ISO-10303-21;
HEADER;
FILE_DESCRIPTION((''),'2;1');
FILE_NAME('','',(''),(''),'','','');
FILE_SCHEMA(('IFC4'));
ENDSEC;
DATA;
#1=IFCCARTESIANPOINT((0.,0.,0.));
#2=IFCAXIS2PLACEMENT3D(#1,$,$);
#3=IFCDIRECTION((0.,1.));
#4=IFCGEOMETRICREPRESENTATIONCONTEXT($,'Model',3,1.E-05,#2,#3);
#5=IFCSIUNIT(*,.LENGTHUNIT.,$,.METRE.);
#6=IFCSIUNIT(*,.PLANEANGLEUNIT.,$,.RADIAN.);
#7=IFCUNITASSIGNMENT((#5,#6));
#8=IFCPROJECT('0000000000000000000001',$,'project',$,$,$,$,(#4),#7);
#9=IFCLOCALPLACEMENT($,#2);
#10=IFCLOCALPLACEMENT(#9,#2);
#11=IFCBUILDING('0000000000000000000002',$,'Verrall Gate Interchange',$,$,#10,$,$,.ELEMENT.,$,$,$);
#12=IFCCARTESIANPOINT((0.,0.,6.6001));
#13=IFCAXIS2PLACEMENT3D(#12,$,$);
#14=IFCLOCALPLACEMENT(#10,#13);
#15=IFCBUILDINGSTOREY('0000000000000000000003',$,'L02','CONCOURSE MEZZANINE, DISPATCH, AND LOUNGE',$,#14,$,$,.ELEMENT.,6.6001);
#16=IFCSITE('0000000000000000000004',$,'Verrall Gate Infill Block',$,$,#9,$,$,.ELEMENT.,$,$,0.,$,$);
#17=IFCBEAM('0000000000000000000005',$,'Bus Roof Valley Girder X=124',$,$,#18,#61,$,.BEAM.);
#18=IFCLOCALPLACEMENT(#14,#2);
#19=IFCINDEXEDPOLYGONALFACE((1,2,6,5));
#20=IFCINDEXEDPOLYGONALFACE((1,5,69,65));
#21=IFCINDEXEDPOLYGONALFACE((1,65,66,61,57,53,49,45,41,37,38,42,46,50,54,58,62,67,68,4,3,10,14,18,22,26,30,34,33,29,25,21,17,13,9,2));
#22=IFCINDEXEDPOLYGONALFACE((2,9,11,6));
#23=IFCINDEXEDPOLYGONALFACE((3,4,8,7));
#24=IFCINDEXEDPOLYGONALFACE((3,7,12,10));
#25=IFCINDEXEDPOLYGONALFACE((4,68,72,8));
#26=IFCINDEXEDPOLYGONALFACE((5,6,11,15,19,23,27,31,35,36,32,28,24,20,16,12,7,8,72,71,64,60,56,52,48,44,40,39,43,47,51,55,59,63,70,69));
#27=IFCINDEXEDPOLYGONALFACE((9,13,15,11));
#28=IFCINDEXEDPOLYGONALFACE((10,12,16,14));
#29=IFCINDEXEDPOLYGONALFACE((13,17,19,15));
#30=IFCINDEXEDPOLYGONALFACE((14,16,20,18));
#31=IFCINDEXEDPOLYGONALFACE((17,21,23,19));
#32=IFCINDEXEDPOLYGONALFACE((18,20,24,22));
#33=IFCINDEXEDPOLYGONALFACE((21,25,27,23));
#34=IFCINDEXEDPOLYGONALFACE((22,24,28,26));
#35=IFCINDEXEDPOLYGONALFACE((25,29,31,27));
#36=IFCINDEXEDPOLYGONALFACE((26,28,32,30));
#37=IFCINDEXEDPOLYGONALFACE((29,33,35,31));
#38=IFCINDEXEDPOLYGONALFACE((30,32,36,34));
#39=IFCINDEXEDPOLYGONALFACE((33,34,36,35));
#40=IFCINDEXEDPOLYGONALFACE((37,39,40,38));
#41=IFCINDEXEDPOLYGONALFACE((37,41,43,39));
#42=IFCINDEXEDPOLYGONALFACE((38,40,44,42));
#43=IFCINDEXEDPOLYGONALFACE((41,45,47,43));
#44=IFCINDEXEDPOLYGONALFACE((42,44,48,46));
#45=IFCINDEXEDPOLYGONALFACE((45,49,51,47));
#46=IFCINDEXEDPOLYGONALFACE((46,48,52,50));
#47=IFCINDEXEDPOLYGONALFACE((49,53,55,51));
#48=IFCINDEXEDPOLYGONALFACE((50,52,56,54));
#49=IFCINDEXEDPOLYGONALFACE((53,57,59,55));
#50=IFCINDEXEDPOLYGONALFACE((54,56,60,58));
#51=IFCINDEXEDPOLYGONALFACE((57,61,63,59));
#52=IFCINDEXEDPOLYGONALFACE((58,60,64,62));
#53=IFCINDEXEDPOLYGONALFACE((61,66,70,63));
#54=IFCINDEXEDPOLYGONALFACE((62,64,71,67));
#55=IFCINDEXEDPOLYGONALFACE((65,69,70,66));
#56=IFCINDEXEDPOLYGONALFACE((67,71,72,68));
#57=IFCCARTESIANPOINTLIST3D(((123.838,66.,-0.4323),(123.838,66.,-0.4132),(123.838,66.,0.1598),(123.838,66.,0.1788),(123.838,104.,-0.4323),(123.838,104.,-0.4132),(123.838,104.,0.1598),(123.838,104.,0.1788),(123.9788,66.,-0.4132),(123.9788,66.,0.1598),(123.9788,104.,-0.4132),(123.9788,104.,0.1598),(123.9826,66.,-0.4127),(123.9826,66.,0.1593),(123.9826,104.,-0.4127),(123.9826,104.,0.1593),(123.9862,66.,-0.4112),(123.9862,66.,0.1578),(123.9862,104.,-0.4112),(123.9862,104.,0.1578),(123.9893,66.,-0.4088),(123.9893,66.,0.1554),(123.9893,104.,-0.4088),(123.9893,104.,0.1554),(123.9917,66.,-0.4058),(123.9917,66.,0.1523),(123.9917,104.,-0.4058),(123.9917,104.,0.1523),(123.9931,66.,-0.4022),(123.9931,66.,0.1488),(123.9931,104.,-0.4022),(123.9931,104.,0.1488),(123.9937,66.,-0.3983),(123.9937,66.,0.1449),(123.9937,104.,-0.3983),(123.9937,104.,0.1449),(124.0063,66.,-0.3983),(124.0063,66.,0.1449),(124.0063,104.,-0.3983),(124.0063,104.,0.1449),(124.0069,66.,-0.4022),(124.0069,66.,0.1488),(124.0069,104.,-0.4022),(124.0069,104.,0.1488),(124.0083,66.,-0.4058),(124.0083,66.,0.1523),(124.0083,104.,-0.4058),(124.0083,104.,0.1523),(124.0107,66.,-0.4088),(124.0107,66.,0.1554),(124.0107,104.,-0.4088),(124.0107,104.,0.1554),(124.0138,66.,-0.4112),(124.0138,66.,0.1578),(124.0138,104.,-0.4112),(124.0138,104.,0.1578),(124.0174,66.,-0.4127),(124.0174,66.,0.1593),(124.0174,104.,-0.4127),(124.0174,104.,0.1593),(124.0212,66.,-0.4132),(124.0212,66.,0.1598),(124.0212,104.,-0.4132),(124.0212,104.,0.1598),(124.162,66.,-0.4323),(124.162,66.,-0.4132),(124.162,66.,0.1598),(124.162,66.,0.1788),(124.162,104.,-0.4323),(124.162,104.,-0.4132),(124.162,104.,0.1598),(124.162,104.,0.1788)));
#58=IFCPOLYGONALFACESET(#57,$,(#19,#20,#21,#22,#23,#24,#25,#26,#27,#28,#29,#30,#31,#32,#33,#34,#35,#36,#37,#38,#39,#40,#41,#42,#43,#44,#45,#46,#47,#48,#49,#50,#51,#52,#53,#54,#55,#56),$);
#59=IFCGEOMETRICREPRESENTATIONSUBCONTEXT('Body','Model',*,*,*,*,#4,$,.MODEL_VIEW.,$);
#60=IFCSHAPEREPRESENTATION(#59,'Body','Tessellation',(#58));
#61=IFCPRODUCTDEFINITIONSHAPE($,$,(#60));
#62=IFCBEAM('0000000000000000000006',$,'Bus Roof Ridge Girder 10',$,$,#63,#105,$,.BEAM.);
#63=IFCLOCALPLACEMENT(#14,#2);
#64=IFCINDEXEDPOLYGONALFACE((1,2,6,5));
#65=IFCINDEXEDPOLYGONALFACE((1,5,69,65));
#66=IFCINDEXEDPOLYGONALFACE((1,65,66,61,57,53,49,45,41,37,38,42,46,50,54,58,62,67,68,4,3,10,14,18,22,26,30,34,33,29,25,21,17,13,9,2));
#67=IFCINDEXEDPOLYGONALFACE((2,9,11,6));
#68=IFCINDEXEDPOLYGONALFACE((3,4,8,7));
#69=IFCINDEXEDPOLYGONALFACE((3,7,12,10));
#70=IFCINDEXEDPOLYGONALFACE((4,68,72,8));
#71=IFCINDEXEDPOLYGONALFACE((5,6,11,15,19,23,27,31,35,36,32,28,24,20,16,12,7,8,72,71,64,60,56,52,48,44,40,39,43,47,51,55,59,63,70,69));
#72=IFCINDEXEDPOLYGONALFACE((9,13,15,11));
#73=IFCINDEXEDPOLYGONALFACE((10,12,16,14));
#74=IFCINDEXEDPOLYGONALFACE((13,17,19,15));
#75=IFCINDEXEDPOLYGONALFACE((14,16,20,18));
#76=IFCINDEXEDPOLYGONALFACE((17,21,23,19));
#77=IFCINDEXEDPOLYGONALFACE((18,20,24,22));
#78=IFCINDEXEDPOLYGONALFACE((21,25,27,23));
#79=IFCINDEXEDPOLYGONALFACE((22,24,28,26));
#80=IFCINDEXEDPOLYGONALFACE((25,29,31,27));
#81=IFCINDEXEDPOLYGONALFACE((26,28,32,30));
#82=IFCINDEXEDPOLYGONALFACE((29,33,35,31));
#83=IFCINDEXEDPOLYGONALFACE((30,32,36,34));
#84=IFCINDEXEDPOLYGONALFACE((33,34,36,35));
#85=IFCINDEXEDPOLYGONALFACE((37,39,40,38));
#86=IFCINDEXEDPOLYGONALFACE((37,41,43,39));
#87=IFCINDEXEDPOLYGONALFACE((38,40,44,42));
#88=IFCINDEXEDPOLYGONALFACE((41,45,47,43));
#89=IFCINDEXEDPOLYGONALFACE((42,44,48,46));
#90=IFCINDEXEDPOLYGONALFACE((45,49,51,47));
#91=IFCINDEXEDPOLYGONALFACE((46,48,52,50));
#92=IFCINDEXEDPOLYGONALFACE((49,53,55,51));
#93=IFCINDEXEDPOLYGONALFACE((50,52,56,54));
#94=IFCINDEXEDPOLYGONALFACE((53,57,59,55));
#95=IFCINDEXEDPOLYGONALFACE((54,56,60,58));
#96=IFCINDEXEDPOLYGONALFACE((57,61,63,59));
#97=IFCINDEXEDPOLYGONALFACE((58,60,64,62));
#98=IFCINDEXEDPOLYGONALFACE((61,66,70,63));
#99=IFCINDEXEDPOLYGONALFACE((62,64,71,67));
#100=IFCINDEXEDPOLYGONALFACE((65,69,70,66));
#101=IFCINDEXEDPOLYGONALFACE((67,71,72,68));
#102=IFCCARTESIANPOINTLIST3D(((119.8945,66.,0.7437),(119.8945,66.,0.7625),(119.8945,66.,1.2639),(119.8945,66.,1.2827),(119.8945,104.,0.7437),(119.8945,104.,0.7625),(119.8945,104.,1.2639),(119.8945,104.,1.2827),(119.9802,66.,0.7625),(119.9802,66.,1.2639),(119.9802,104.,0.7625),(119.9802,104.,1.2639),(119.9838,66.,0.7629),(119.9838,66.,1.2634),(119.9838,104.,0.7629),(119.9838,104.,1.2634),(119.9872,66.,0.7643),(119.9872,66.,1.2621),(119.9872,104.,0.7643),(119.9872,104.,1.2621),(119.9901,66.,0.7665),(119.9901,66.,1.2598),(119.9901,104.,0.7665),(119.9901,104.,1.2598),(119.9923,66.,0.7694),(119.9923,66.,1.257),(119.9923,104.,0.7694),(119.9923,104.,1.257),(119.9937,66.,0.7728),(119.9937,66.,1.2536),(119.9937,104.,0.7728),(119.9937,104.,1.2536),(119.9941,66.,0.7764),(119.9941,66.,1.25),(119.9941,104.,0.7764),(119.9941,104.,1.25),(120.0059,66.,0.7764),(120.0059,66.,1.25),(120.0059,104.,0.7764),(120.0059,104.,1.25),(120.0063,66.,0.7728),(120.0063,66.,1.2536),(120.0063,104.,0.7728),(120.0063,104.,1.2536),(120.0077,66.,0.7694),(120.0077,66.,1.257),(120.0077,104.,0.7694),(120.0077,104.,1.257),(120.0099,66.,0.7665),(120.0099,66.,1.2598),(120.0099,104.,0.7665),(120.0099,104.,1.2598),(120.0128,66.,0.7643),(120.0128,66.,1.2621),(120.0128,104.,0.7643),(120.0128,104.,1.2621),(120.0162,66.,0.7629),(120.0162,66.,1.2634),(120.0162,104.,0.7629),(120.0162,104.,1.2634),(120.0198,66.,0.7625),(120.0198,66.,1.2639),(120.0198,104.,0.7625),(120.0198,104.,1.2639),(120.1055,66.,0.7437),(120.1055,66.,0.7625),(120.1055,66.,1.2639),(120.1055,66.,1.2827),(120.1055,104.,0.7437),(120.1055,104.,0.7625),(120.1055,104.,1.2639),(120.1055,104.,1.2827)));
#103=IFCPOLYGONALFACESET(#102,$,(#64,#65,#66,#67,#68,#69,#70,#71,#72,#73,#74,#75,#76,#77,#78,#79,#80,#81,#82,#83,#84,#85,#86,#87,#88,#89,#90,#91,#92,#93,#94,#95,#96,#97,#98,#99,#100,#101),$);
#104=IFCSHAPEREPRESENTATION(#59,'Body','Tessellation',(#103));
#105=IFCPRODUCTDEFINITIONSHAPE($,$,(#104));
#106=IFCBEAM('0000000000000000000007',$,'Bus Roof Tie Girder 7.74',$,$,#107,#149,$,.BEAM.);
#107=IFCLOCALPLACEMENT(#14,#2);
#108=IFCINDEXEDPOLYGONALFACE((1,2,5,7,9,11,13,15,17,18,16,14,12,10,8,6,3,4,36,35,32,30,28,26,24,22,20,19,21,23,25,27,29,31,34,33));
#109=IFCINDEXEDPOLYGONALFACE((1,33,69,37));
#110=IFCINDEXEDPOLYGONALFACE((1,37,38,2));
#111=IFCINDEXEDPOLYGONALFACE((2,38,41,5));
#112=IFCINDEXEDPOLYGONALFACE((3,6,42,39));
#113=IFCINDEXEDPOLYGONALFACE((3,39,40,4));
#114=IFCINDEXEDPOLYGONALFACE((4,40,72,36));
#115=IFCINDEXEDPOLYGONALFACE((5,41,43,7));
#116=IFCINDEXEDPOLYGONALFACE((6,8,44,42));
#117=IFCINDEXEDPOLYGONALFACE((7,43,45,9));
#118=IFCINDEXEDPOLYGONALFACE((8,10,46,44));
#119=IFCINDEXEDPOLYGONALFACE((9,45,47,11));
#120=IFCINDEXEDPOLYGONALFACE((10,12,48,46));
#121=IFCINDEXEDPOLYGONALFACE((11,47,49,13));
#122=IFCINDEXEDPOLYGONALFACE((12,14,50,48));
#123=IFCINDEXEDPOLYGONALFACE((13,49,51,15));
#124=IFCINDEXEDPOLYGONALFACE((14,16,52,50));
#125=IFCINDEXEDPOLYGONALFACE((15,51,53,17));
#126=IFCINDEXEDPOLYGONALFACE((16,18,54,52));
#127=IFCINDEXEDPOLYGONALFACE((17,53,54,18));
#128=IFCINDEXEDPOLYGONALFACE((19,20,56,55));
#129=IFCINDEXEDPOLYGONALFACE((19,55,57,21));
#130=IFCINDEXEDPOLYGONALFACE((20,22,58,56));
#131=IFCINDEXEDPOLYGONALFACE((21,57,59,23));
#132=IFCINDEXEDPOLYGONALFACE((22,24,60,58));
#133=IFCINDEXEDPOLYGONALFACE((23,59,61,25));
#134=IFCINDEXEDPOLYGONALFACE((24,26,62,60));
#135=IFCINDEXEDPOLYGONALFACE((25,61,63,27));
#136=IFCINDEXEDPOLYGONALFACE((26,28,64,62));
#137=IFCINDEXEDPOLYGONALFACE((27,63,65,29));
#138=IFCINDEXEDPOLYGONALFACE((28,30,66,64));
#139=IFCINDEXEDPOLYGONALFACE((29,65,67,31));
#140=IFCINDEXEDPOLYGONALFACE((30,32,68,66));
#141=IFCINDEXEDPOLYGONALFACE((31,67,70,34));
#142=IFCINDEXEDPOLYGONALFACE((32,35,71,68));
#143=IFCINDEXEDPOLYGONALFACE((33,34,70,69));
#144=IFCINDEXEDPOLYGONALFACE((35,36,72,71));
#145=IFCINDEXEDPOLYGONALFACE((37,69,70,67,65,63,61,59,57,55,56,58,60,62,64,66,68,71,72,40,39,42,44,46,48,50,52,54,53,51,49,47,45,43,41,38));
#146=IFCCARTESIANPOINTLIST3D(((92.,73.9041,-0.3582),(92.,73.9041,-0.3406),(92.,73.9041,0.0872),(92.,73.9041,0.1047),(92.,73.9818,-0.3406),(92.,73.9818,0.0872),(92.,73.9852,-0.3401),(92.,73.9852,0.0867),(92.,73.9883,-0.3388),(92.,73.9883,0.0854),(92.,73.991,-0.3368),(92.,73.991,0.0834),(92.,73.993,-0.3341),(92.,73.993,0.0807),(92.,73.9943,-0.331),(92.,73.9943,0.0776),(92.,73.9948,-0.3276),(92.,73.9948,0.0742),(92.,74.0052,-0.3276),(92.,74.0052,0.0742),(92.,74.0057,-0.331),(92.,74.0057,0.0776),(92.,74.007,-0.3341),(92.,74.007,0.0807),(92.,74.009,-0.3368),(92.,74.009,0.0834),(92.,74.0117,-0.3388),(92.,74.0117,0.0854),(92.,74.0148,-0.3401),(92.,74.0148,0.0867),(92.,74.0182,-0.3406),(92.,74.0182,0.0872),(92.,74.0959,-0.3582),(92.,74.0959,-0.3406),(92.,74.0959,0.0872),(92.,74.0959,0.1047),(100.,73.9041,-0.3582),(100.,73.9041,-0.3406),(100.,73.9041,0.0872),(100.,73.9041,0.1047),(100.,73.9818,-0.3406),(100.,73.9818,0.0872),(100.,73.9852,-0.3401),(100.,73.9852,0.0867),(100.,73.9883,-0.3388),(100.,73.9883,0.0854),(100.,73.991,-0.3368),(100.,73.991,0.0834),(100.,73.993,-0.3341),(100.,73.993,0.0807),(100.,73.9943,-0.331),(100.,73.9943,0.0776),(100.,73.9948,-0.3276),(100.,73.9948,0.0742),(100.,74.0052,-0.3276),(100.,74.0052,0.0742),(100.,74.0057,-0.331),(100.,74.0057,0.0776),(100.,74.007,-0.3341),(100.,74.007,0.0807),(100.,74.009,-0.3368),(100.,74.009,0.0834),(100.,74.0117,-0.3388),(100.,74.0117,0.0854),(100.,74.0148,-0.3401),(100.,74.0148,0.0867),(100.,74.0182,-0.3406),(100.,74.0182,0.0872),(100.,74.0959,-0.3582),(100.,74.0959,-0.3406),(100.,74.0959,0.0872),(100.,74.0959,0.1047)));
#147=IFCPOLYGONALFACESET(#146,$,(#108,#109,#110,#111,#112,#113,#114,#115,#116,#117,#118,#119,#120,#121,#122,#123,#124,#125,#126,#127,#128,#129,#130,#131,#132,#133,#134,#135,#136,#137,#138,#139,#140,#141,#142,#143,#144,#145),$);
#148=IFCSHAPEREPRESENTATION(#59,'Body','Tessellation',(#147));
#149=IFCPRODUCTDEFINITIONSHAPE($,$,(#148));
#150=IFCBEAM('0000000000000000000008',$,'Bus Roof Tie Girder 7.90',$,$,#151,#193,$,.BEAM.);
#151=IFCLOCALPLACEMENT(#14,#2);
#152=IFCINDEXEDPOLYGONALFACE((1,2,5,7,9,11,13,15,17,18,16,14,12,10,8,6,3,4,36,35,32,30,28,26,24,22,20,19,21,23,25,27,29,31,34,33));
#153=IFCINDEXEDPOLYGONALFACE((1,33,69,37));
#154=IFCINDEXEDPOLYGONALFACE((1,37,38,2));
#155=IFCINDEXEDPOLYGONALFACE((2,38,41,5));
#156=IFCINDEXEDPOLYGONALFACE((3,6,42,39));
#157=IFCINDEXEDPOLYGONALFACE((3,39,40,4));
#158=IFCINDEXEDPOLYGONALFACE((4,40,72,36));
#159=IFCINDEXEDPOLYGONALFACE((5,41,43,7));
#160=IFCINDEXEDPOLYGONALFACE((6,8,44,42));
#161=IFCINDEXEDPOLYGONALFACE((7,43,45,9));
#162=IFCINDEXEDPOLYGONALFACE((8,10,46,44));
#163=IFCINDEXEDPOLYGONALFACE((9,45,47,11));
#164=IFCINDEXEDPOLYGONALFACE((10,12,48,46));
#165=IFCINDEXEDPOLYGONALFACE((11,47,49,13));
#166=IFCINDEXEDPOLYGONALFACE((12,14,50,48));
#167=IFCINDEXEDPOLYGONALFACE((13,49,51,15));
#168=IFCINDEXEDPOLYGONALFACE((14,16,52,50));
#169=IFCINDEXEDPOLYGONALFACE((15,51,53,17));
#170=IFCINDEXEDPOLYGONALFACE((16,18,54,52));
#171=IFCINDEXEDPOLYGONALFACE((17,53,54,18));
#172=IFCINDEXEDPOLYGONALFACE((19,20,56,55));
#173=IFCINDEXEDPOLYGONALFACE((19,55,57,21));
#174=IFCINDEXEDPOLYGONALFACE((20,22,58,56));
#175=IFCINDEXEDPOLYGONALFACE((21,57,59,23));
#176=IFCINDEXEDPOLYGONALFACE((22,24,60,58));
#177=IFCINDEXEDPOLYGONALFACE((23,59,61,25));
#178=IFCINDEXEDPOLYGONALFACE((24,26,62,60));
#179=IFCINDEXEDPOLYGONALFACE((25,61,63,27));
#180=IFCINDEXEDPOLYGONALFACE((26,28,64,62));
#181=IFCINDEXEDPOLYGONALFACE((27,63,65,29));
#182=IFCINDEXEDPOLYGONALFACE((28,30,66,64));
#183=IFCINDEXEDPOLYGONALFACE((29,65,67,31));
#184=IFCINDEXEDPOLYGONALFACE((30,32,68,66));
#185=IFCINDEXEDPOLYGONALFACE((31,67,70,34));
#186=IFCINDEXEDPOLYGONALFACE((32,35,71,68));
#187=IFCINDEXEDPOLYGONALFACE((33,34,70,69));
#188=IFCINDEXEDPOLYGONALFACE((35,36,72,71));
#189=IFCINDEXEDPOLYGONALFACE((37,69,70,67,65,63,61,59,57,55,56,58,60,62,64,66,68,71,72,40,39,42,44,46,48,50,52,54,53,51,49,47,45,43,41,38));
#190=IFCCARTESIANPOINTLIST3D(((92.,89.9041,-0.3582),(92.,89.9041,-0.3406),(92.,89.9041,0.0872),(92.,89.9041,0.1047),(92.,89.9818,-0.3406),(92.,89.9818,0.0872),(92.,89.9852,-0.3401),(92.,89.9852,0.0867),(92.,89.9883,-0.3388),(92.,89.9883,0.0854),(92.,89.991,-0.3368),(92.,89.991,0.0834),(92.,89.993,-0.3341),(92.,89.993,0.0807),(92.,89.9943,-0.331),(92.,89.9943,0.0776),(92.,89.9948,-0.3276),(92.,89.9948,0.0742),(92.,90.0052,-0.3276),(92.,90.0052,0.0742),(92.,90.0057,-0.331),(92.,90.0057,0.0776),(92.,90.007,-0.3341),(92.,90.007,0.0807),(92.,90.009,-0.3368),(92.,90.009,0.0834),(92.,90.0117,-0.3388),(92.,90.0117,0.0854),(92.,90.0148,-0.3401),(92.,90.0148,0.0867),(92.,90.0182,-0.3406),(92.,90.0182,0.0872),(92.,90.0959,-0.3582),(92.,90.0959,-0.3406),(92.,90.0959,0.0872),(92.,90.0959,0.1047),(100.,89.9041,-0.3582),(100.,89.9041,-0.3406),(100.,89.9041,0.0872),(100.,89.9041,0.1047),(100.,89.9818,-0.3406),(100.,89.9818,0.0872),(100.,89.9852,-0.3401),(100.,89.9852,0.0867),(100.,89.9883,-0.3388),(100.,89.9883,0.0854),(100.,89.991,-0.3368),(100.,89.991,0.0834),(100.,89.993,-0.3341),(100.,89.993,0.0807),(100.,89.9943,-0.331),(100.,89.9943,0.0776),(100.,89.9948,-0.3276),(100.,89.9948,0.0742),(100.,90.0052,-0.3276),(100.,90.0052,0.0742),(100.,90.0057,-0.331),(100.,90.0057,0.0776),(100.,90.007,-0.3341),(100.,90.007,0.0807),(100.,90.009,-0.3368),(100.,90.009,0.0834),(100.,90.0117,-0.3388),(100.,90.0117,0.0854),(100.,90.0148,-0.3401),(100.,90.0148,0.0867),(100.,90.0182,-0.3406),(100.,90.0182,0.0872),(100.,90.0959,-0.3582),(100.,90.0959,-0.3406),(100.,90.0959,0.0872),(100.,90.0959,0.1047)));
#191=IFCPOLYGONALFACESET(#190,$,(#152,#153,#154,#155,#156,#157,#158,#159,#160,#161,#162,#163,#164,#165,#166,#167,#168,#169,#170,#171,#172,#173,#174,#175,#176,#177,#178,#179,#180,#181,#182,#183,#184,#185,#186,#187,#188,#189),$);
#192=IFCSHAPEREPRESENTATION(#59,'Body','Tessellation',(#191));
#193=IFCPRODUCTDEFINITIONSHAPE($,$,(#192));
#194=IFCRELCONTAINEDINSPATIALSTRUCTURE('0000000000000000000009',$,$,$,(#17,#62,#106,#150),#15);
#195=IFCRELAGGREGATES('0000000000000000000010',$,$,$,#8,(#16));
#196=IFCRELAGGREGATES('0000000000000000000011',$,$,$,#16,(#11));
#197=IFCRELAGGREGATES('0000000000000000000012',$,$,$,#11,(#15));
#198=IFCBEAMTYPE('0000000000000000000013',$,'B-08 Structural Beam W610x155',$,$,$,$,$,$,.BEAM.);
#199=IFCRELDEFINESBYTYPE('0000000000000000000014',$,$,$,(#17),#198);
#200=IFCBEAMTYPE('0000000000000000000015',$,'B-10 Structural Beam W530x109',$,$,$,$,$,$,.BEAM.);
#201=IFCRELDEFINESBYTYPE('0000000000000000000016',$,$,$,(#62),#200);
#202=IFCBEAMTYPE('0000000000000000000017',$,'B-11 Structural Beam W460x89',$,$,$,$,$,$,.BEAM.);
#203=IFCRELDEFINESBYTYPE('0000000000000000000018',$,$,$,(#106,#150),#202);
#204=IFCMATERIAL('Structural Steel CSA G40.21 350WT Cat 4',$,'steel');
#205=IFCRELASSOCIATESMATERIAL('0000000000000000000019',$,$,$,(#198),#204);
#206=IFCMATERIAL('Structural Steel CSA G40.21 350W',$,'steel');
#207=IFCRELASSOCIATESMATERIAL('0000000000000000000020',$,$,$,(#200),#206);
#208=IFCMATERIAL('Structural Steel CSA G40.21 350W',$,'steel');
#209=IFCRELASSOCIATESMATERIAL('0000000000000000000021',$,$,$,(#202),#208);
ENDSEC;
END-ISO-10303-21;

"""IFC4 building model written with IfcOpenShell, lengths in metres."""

from ifc_helpers import new_model, si_unit, direction, frame, origin, origin_2d, place, context, subcontext, project, spatial, i_section, extrude, material, material_profile, profile_set, type_object, element, save


model = new_model("IFC4")

# Units and contexts
model_context = context("Model", 3, precision=1e-05, world=origin(), true_north=direction((0.0, 1.0)))
body_context = subcontext(model_context, "Body", "Model", "MODEL_VIEW")
ifc_project = project(units=[si_unit("LENGTHUNIT", "METRE"), si_unit("PLANEANGLEUNIT", "RADIAN")], contexts=[model_context])

# Site, building, storey
site_placement = place(None, origin())
site = spatial("IfcSite", under=ifc_project, at=site_placement, Name="Verrall Gate Infill Block", CompositionType="ELEMENT", RefElevation=0.0)
building_placement = place(site_placement, origin())
building = spatial("IfcBuilding", under=site, at=building_placement, Name="Verrall Gate Interchange", CompositionType="ELEMENT")
storey_placement = place(building_placement, frame((0.0, 0.0, 6.6001)))
storey = spatial("IfcBuildingStorey", under=building, at=storey_placement, Name="L02", Description="CONCOURSE MEZZANINE, DISPATCH, AND LOUNGE", CompositionType="ELEMENT", Elevation=6.6001)

# Beams
ifc_material_1 = material(Name="Structural Steel CSA G40.21 350WT Cat 4", Category="steel")
ifc_material_profile_1 = material_profile(ifc_material_1, i_section(OverallWidth=0.324, OverallDepth=0.6111, WebThickness=0.0127, FlangeThickness=0.019, FilletRadius=0.0149, at=origin_2d()), Name="W610x155")
ifc_profile_set_1 = profile_set([ifc_material_profile_1], Name="Structural Steel CSA G40.21 350WT Cat 4")
beam_type_1 = type_object("IfcBeamType", Name="B-08 Structural Beam W610x155", PredefinedType="BEAM", material=ifc_profile_set_1)
beam_1_placement = place(storey_placement, frame((124.0, 66.0, -0.1267), z_axis=(0.0, 1.0, 0.0), x_axis=(-1.0, 0.0, 0.0)))
element("IfcBeam", 1, at=beam_1_placement, inside=storey, type_object=beam_type_1, Name="Bus Roof Valley Girder X=124", PredefinedType="BEAM", context=body_context, shape_type="SweptSolid", body=[
    extrude(i_section(OverallWidth=0.324, OverallDepth=0.6111, WebThickness=0.0127, FlangeThickness=0.019, FilletRadius=0.0149, at=origin_2d()), origin(), (0.0, 0.0, 1.0), 38.0),
])
ifc_material_2 = material(Name="Structural Steel CSA G40.21 350W", Category="steel")
ifc_material_profile_2 = material_profile(ifc_material_2, i_section(OverallWidth=0.2109, OverallDepth=0.5391, WebThickness=0.0117, FlangeThickness=0.0188, FilletRadius=0.0139, at=origin_2d()), Name="W530x109")
ifc_profile_set_2 = profile_set([ifc_material_profile_2], Name="Structural Steel CSA G40.21 350W")
beam_type_2 = type_object("IfcBeamType", Name="B-10 Structural Beam W530x109", PredefinedType="BEAM", material=ifc_profile_set_2)
beam_2_placement = place(storey_placement, frame((120.0, 66.0, 1.0132), z_axis=(0.0, 1.0, 0.0), x_axis=(-1.0, 0.0, 0.0)))
element("IfcBeam", 2, at=beam_2_placement, inside=storey, type_object=beam_type_2, Name="Bus Roof Ridge Girder 10", PredefinedType="BEAM", context=body_context, shape_type="SweptSolid", body=[
    extrude(i_section(OverallWidth=0.2109, OverallDepth=0.5391, WebThickness=0.0117, FlangeThickness=0.0188, FilletRadius=0.0139, at=origin_2d()), origin(), (0.0, 0.0, 1.0), 38.0),
])
ifc_material_3 = material(Name="Structural Steel CSA G40.21 350W", Category="steel")
ifc_material_profile_3 = material_profile(ifc_material_3, i_section(OverallWidth=0.1919, OverallDepth=0.4629, WebThickness=0.0105, FlangeThickness=0.0176, FilletRadius=0.0129, at=origin_2d()), Name="W460x89")
ifc_profile_set_3 = profile_set([ifc_material_profile_3], Name="Structural Steel CSA G40.21 350W")
beam_type_3 = type_object("IfcBeamType", Name="B-11 Structural Beam W460x89", PredefinedType="BEAM", material=ifc_profile_set_3)
for number, where, z_axis, x_axis, name in (
    (3, (92.0, 74.0, -0.1267), (1.0, 0.0, 0.0), (0.0, 1.0, 0.0), "Bus Roof Tie Girder 7.74"),
    (4, (92.0, 90.0, -0.1267), (1.0, 0.0, 0.0), (0.0, 1.0, 0.0), "Bus Roof Tie Girder 7.90"),
):
    element("IfcBeam", number, at=place(storey_placement, frame(where, z_axis=z_axis, x_axis=x_axis)), inside=storey, type_object=beam_type_3, Name=name, PredefinedType="BEAM", context=body_context, shape_type="SweptSolid", body=[
        extrude(i_section(OverallWidth=0.1919, OverallDepth=0.4629, WebThickness=0.0105, FlangeThickness=0.0176, FilletRadius=0.0129, at=origin_2d()), origin(), (0.0, 0.0, 1.0), 8.0),
    ])

save(model, "model.ifc")
